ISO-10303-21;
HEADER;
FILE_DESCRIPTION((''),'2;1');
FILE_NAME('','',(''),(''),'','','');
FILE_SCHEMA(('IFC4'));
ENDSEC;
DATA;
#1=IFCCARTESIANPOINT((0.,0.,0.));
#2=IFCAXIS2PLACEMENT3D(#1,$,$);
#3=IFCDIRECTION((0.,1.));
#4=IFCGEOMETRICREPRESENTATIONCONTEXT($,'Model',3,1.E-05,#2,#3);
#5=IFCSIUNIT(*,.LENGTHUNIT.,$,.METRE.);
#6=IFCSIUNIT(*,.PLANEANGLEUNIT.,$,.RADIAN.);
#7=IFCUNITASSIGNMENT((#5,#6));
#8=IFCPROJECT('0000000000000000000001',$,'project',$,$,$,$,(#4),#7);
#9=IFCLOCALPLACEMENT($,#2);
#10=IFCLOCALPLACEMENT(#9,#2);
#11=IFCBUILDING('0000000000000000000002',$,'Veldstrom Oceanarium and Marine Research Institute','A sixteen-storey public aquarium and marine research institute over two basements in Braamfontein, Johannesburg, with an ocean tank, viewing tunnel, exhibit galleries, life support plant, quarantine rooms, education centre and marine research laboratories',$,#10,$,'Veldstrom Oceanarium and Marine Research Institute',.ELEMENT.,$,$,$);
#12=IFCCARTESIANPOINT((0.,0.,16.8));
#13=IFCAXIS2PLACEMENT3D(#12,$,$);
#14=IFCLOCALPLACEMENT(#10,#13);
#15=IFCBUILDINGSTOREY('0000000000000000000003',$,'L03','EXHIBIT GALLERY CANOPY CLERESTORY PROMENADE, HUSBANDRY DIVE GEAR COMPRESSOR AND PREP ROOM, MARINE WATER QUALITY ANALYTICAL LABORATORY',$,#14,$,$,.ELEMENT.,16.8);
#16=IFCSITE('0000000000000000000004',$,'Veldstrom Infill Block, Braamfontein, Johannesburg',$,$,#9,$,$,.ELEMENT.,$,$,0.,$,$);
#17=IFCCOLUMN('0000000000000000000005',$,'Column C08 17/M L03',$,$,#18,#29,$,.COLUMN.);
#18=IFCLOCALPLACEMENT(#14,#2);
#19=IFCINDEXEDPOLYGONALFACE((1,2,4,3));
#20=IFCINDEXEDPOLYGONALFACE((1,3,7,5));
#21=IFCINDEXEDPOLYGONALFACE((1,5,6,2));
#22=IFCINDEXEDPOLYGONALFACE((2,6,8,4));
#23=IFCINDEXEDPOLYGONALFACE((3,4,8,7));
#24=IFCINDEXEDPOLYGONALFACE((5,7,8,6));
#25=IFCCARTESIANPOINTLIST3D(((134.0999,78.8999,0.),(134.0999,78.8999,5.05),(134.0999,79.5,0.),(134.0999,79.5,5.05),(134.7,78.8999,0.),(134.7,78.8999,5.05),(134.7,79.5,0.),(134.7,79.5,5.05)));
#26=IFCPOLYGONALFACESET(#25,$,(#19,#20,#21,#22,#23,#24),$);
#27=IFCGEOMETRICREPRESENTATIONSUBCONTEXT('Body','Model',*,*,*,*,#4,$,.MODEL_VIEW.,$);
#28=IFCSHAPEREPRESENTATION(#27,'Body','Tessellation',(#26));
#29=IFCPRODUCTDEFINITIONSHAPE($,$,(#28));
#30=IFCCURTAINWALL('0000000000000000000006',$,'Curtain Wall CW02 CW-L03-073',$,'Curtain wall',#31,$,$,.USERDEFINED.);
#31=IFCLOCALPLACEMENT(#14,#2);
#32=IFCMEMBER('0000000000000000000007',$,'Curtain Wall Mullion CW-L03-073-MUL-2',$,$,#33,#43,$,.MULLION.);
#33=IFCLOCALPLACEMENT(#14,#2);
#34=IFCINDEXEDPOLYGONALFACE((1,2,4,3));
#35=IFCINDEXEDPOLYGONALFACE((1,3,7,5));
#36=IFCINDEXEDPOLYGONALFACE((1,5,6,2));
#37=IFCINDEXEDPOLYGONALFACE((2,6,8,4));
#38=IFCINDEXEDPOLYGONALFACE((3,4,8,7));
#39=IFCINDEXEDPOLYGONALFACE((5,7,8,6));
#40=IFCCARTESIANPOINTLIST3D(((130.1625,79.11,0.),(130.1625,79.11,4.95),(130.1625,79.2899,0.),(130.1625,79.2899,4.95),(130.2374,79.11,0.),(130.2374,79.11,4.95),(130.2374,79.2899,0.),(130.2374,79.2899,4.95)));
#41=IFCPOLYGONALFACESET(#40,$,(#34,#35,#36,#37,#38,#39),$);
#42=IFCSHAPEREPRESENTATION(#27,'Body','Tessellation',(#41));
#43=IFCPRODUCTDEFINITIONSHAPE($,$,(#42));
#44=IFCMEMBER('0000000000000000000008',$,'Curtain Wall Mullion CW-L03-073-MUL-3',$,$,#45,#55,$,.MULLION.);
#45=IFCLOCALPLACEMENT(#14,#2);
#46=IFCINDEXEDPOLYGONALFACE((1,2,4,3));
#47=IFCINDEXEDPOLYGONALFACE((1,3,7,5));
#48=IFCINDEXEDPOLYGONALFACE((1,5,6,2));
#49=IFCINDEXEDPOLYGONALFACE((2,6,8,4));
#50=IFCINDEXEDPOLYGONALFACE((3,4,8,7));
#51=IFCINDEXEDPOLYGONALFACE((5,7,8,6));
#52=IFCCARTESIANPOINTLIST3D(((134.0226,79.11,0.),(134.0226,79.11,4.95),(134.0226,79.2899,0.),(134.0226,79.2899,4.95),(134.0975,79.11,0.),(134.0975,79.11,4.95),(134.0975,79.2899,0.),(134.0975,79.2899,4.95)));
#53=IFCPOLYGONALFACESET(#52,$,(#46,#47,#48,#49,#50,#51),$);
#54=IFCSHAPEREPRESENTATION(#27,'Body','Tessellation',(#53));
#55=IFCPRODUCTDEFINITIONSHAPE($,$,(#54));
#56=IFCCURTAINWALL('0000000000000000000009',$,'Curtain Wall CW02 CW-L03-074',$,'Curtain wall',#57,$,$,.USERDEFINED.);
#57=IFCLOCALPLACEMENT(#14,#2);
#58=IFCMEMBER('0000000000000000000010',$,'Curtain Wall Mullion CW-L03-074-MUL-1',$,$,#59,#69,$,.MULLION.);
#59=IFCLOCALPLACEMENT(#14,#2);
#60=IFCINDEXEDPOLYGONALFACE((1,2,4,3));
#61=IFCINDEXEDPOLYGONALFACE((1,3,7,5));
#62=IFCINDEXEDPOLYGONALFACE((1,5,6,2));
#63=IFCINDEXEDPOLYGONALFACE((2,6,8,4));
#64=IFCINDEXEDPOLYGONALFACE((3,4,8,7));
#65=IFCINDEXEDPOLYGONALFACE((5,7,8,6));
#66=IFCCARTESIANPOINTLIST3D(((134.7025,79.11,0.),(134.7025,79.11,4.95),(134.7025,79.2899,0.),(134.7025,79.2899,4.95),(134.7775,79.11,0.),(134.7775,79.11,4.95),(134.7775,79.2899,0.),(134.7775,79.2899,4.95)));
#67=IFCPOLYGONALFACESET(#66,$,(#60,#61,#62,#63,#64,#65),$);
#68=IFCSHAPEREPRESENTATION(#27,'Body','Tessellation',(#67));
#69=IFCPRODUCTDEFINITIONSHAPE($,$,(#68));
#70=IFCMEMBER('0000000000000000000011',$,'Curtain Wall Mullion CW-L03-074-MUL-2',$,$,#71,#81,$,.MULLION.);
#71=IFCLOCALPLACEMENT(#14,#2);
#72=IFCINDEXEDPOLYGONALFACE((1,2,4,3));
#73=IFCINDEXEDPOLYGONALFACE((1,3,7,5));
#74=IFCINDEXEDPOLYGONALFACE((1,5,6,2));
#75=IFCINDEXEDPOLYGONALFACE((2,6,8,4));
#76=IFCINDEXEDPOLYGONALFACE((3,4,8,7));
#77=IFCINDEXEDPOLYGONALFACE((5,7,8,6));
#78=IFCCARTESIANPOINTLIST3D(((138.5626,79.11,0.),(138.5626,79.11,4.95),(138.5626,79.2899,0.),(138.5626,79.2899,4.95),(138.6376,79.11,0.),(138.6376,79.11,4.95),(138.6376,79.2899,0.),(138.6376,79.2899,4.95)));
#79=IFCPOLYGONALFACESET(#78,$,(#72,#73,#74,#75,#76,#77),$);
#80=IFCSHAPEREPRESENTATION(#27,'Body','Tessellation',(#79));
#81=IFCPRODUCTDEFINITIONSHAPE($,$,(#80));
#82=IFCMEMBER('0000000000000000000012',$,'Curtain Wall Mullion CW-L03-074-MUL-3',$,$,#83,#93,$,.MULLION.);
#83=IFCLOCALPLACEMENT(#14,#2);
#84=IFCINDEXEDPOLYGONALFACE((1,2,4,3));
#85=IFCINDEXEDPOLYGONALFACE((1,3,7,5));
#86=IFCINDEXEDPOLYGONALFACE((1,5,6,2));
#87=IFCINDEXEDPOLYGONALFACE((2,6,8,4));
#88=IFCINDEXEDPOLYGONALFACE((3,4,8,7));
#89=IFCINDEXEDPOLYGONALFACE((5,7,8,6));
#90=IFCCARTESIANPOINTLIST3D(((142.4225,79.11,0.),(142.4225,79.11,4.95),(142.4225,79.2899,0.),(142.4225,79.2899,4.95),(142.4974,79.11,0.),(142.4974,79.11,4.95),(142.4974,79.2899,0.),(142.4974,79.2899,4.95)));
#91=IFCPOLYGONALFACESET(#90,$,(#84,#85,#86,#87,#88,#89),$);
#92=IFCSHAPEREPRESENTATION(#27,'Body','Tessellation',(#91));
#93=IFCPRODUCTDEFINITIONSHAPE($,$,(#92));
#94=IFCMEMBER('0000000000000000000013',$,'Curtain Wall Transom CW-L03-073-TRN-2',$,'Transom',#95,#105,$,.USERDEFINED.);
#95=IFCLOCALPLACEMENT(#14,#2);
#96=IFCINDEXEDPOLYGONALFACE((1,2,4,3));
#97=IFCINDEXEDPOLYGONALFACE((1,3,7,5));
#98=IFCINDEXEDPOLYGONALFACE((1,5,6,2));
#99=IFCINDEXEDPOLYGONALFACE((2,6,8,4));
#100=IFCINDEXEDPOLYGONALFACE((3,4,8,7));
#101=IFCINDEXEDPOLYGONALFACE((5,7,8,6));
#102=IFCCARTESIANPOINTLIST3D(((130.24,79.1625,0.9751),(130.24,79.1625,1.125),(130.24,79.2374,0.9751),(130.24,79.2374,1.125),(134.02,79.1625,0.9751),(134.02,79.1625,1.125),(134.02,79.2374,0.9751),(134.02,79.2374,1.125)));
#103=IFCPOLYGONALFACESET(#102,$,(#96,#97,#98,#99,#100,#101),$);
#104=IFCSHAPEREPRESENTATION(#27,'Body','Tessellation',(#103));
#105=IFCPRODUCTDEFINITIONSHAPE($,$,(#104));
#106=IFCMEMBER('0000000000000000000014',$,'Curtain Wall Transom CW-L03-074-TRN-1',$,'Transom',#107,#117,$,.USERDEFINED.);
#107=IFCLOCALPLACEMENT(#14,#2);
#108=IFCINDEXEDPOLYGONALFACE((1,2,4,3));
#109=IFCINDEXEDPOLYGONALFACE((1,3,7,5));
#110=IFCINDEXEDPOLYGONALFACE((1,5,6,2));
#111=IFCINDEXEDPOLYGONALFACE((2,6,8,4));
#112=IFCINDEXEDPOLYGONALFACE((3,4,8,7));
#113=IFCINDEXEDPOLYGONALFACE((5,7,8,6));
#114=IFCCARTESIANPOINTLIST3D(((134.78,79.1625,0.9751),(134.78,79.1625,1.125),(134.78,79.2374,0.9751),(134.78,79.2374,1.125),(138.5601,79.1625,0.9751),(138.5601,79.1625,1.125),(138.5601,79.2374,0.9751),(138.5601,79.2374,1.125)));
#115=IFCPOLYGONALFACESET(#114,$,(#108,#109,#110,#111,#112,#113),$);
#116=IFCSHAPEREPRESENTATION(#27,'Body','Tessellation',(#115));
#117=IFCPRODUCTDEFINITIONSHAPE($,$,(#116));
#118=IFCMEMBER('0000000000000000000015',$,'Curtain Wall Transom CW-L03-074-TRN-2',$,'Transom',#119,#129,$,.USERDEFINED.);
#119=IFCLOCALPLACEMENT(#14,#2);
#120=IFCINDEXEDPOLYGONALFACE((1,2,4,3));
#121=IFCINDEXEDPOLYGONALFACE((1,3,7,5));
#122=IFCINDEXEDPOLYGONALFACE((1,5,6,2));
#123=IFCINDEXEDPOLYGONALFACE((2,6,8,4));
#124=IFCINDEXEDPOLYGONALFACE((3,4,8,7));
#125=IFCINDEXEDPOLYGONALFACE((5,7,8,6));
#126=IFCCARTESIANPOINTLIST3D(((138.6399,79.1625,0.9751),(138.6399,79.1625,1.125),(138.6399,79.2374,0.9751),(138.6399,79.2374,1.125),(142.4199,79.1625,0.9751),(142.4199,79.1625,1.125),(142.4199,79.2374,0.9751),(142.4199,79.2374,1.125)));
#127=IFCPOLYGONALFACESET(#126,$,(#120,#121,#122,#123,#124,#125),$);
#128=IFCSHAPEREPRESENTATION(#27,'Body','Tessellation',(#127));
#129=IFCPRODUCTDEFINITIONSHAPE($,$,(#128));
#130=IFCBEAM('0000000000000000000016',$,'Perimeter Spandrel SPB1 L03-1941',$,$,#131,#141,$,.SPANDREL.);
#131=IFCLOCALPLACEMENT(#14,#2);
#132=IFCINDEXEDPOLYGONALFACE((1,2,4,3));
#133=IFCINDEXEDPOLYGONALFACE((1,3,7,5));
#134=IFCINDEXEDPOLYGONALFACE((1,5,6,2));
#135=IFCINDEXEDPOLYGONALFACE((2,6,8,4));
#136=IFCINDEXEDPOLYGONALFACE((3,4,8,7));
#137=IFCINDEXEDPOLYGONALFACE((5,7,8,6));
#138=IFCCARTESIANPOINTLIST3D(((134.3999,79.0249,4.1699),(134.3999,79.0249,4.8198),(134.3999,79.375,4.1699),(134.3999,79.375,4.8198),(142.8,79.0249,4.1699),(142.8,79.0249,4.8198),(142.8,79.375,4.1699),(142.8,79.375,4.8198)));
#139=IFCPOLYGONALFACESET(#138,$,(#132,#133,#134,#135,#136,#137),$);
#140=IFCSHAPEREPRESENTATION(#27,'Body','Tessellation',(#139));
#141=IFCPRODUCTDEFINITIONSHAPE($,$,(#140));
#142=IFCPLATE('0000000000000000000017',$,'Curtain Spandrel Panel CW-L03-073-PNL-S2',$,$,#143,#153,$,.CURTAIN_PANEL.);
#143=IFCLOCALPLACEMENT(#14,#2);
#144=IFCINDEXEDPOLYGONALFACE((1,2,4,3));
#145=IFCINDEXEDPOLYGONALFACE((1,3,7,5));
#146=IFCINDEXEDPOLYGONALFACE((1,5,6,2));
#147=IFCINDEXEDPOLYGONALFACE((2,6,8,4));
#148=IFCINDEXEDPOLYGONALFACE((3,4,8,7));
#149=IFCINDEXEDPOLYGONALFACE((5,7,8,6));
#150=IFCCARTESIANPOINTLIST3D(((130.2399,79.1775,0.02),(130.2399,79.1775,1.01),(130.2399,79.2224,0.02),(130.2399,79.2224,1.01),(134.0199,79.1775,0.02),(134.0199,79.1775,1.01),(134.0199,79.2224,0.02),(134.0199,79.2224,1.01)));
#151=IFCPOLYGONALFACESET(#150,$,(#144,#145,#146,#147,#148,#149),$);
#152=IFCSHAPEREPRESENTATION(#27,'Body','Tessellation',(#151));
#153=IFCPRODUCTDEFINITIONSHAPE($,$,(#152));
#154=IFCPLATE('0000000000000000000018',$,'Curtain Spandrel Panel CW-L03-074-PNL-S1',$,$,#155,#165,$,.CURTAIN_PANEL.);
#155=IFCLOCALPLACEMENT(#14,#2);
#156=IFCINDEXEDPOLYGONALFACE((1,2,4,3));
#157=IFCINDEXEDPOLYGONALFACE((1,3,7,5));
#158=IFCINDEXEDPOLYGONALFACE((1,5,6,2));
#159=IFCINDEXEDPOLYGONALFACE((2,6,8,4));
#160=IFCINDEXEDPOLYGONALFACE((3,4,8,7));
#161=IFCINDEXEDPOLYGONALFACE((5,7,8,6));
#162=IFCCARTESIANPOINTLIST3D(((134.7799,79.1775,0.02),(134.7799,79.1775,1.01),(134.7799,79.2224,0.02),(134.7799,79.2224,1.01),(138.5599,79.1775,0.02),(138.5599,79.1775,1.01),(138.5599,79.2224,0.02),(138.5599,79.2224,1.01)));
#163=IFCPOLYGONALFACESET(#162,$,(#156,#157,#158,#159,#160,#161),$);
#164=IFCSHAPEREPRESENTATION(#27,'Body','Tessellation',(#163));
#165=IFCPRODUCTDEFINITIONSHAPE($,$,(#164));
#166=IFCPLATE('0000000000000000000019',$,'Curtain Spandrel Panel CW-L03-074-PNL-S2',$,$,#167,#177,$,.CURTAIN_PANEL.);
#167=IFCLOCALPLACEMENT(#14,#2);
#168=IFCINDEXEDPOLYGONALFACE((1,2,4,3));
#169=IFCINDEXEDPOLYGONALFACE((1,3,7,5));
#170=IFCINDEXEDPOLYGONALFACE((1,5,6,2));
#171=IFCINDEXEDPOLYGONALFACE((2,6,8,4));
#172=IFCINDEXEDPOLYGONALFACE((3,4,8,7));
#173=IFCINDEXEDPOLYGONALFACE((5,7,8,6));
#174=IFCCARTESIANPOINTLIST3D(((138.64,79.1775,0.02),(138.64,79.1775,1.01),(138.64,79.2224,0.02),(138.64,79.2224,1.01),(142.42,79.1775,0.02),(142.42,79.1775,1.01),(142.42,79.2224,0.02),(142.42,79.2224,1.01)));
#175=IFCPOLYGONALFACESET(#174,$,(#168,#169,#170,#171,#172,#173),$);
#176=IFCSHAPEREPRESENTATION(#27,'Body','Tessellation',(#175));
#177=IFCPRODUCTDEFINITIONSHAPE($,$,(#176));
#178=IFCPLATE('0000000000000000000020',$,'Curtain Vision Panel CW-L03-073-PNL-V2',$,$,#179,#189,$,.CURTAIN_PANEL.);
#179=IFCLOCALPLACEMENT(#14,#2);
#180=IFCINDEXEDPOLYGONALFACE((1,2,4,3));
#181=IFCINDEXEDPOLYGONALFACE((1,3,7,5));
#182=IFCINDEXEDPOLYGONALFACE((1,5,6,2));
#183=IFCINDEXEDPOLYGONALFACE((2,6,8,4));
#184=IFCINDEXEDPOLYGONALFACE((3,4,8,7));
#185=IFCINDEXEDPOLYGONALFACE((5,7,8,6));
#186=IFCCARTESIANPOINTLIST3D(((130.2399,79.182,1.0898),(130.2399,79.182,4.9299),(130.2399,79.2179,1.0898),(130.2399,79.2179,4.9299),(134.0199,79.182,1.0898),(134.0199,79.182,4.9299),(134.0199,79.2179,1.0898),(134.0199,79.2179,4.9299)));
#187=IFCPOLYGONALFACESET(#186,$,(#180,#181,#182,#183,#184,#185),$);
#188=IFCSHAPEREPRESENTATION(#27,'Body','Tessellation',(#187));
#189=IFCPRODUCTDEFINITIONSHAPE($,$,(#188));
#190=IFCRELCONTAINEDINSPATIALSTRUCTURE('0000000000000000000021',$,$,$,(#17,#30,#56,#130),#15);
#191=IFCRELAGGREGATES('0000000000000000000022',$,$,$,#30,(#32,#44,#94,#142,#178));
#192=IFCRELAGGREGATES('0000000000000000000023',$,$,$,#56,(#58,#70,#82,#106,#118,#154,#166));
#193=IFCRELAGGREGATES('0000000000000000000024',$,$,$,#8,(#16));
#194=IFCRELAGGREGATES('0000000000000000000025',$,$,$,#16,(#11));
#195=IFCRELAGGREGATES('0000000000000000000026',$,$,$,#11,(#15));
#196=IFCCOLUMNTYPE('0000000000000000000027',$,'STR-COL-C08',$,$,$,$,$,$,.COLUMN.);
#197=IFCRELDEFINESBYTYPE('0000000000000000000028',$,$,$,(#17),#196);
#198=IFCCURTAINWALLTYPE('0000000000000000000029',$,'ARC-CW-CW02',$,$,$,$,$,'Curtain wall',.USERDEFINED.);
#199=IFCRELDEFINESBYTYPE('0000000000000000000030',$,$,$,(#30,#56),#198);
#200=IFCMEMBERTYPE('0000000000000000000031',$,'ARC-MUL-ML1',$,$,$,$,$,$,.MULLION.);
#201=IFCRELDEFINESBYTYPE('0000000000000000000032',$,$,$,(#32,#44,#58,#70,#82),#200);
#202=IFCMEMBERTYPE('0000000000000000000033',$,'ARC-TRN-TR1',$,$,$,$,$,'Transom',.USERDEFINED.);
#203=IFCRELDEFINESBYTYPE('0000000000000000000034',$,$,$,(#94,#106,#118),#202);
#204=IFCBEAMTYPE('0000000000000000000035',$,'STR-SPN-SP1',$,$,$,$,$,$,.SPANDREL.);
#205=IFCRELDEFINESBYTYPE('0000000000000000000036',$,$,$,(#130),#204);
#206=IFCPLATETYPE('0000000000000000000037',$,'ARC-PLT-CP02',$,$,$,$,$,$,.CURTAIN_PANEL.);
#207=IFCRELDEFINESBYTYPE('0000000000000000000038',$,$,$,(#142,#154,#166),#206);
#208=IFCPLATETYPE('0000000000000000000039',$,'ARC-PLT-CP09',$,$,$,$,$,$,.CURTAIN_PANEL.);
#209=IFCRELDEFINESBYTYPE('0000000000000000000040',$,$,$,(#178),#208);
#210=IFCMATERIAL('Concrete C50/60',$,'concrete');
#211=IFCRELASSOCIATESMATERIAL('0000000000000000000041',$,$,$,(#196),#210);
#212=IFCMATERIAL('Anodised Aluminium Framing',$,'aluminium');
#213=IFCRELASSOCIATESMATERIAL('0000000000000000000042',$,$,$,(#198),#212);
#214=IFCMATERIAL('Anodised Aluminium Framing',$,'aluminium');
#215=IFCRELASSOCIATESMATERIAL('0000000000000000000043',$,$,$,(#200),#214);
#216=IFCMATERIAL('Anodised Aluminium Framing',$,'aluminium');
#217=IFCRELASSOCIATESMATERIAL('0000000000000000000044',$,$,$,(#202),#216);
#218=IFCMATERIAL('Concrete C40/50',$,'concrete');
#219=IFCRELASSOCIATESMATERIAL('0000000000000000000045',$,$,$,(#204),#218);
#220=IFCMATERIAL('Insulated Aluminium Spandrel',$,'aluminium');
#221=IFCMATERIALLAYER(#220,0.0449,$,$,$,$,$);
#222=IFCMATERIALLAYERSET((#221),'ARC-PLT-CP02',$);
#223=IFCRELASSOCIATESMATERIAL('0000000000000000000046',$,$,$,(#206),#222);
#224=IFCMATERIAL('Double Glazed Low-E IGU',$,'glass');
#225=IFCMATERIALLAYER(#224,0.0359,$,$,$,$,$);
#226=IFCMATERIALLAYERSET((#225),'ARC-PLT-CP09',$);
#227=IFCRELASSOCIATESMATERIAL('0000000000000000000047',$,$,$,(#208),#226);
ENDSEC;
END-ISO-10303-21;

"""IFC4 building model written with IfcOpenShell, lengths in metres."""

from ifc_helpers import new_model, si_unit, direction, frame, origin, origin_2d, place, context, subcontext, project, spatial, rectangle, extrude, material, layer, layer_set, material_profile, profile_set, type_object, element, aggregate, save


model = new_model("IFC4")

# Units and contexts
model_context = context("Model", 3, precision=1e-05, world=origin(), true_north=direction((0.0, 1.0)))
body_context = subcontext(model_context, "Body", "Model", "MODEL_VIEW")
ifc_project = project(units=[si_unit("LENGTHUNIT", "METRE"), si_unit("PLANEANGLEUNIT", "RADIAN")], contexts=[model_context])

# Site, building, storey
site_placement = place(None, origin())
site = spatial("IfcSite", under=ifc_project, at=site_placement, Name="Veldstrom Infill Block, Braamfontein, Johannesburg", CompositionType="ELEMENT", RefElevation=0.0)
building_placement = place(site_placement, origin())
building = spatial("IfcBuilding", under=site, at=building_placement, Name="Veldstrom Oceanarium and Marine Research Institute", Description="A sixteen-storey public aquarium and marine research institute over two basements in Braamfontein, Johannesburg, with an ocean tank, viewing tunnel, exhibit galleries, life support plant, quarantine rooms, education centre and marine research laboratories", LongName="Veldstrom Oceanarium and Marine Research Institute", CompositionType="ELEMENT")
storey_placement = place(building_placement, frame((0.0, 0.0, 16.8)))
storey = spatial("IfcBuildingStorey", under=building, at=storey_placement, Name="L03", Description="EXHIBIT GALLERY CANOPY CLERESTORY PROMENADE, HUSBANDRY DIVE GEAR COMPRESSOR AND PREP ROOM, MARINE WATER QUALITY ANALYTICAL LABORATORY", CompositionType="ELEMENT", Elevation=16.8)

# Column
ifc_material_1 = material(Name="Concrete C50/60", Category="concrete")
ifc_material_profile_1 = material_profile(ifc_material_1, rectangle(XDim=0.6001, YDim=0.6001, at=origin_2d()), Name="RC-COL-600x600")
ifc_profile_set_1 = profile_set([ifc_material_profile_1], Name="Concrete C50/60")
column_type = type_object("IfcColumnType", Name="STR-COL-C08", PredefinedType="COLUMN", material=ifc_profile_set_1)
column_placement = place(storey_placement, frame((134.3999, 79.2, 0.0), z_axis=(0.0, 0.0, 1.0), x_axis=(1.0, 0.0, 0.0)))
element("IfcColumn", 1, at=column_placement, inside=storey, type_object=column_type, Name="Column C08 17/M L03", PredefinedType="COLUMN", context=body_context, shape_type="SweptSolid", body=[
    extrude(rectangle(XDim=0.6001, YDim=0.6001, at=origin_2d()), origin(), (0.0, 0.0, 1.0), 5.05),
])

# Curtain walls, members
ifc_material_2 = material(Name="Anodised Aluminium Framing", Category="aluminium")
curtain_wall_type = type_object("IfcCurtainWallType", Name="ARC-CW-CW02", ElementType="Curtain wall", PredefinedType="USERDEFINED", material=ifc_material_2)
curtain_wall_1_placement = place(storey_placement, origin())
curtain_wall_1 = element("IfcCurtainWall", 2, at=curtain_wall_1_placement, inside=storey, type_object=curtain_wall_type, Name="Curtain Wall CW02 CW-L03-073", ObjectType="Curtain wall", PredefinedType="USERDEFINED")
ifc_material_3 = material(Name="Anodised Aluminium Framing", Category="aluminium")
ifc_material_profile_2 = material_profile(ifc_material_3, rectangle(XDim=0.075, YDim=0.1799, at=origin_2d()), Name="ALU-MUL-75x180")
ifc_profile_set_2 = profile_set([ifc_material_profile_2], Name="Anodised Aluminium Framing")
member_type_1 = type_object("IfcMemberType", Name="ARC-MUL-ML1", PredefinedType="MULLION", material=ifc_profile_set_2)
member_1_placement = place(storey_placement, frame((130.2, 79.2, 0.0), z_axis=(0.0, 0.0, 1.0), x_axis=(1.0, 0.0, 0.0)))
member_1 = element("IfcMember", 3, at=member_1_placement, type_object=member_type_1, Name="Curtain Wall Mullion CW-L03-073-MUL-2", PredefinedType="MULLION", context=body_context, shape_type="SweptSolid", body=[
    extrude(rectangle(XDim=0.075, YDim=0.1799, at=origin_2d()), origin(), (0.0, 0.0, 1.0), 4.95),
])
member_2_placement = place(storey_placement, frame((134.0601, 79.2, 0.0), z_axis=(0.0, 0.0, 1.0), x_axis=(1.0, 0.0, 0.0)))
member_2 = element("IfcMember", 4, at=member_2_placement, type_object=member_type_1, Name="Curtain Wall Mullion CW-L03-073-MUL-3", PredefinedType="MULLION", context=body_context, shape_type="SweptSolid", body=[
    extrude(rectangle(XDim=0.075, YDim=0.1799, at=origin_2d()), origin(), (0.0, 0.0, 1.0), 4.95),
])
curtain_wall_2_placement = place(storey_placement, origin())
curtain_wall_2 = element("IfcCurtainWall", 5, at=curtain_wall_2_placement, inside=storey, type_object=curtain_wall_type, Name="Curtain Wall CW02 CW-L03-074", ObjectType="Curtain wall", PredefinedType="USERDEFINED")
member_3_placement = place(storey_placement, frame((134.74, 79.2, 0.0), z_axis=(0.0, 0.0, 1.0), x_axis=(1.0, 0.0, 0.0)))
member_3 = element("IfcMember", 6, at=member_3_placement, type_object=member_type_1, Name="Curtain Wall Mullion CW-L03-074-MUL-1", PredefinedType="MULLION", context=body_context, shape_type="SweptSolid", body=[
    extrude(rectangle(XDim=0.075, YDim=0.1799, at=origin_2d()), origin(), (0.0, 0.0, 1.0), 4.95),
])
member_4_placement = place(storey_placement, frame((138.6001, 79.2, 0.0), z_axis=(0.0, 0.0, 1.0), x_axis=(1.0, 0.0, 0.0)))
member_4 = element("IfcMember", 7, at=member_4_placement, type_object=member_type_1, Name="Curtain Wall Mullion CW-L03-074-MUL-2", PredefinedType="MULLION", context=body_context, shape_type="SweptSolid", body=[
    extrude(rectangle(XDim=0.075, YDim=0.1799, at=origin_2d()), origin(), (0.0, 0.0, 1.0), 4.95),
])
member_5_placement = place(storey_placement, frame((142.46, 79.2, 0.0), z_axis=(0.0, 0.0, 1.0), x_axis=(1.0, 0.0, 0.0)))
member_5 = element("IfcMember", 8, at=member_5_placement, type_object=member_type_1, Name="Curtain Wall Mullion CW-L03-074-MUL-3", PredefinedType="MULLION", context=body_context, shape_type="SweptSolid", body=[
    extrude(rectangle(XDim=0.075, YDim=0.1799, at=origin_2d()), origin(), (0.0, 0.0, 1.0), 4.95),
])

# Members
ifc_material_4 = material(Name="Anodised Aluminium Framing", Category="aluminium")
ifc_material_profile_3 = material_profile(ifc_material_4, rectangle(XDim=0.075, YDim=0.1499, at=origin_2d()), Name="ALU-TRN-75x150")
ifc_profile_set_3 = profile_set([ifc_material_profile_3], Name="Anodised Aluminium Framing")
member_type_2 = type_object("IfcMemberType", Name="ARC-TRN-TR1", ElementType="Transom", PredefinedType="USERDEFINED", material=ifc_profile_set_3)
member_6_placement = place(storey_placement, frame((130.24, 79.2, 1.05), z_axis=(1.0, 0.0, 0.0), x_axis=(0.0, 1.0, 0.0)))
member_6 = element("IfcMember", 9, at=member_6_placement, type_object=member_type_2, Name="Curtain Wall Transom CW-L03-073-TRN-2", ObjectType="Transom", PredefinedType="USERDEFINED", context=body_context, shape_type="SweptSolid", body=[
    extrude(rectangle(XDim=0.075, YDim=0.1499, at=origin_2d()), origin(), (0.0, 0.0, 1.0), 3.78),
])
member_7_placement = place(storey_placement, frame((134.78, 79.2, 1.05), z_axis=(1.0, 0.0, 0.0), x_axis=(0.0, 1.0, 0.0)))
member_7 = element("IfcMember", 10, at=member_7_placement, type_object=member_type_2, Name="Curtain Wall Transom CW-L03-074-TRN-1", ObjectType="Transom", PredefinedType="USERDEFINED", context=body_context, shape_type="SweptSolid", body=[
    extrude(rectangle(XDim=0.075, YDim=0.1499, at=origin_2d()), origin(), (0.0, 0.0, 1.0), 3.78),
])
member_8_placement = place(storey_placement, frame((138.6399, 79.2, 1.05), z_axis=(1.0, 0.0, 0.0), x_axis=(0.0, 1.0, 0.0)))
member_8 = element("IfcMember", 11, at=member_8_placement, type_object=member_type_2, Name="Curtain Wall Transom CW-L03-074-TRN-2", ObjectType="Transom", PredefinedType="USERDEFINED", context=body_context, shape_type="SweptSolid", body=[
    extrude(rectangle(XDim=0.075, YDim=0.1499, at=origin_2d()), origin(), (0.0, 0.0, 1.0), 3.78),
])

# Beam
ifc_material_5 = material(Name="Concrete C40/50", Category="concrete")
ifc_material_profile_4 = material_profile(ifc_material_5, rectangle(XDim=0.3501, YDim=0.6499, at=origin_2d()), Name="RC-SPN-350x650")
ifc_profile_set_4 = profile_set([ifc_material_profile_4], Name="Concrete C40/50")
beam_type = type_object("IfcBeamType", Name="STR-SPN-SP1", PredefinedType="SPANDREL", material=ifc_profile_set_4)
beam_placement = place(storey_placement, frame((134.3999, 79.2, 4.4949), z_axis=(1.0, 0.0, 0.0), x_axis=(0.0, 1.0, 0.0)))
element("IfcBeam", 12, at=beam_placement, inside=storey, type_object=beam_type, Name="Perimeter Spandrel SPB1 L03-1941", PredefinedType="SPANDREL", context=body_context, shape_type="SweptSolid", body=[
    extrude(rectangle(XDim=0.3501, YDim=0.6499, at=origin_2d()), origin(), (0.0, 0.0, 1.0), 8.4001),
])

# Plates
ifc_material_6 = material(Name="Insulated Aluminium Spandrel", Category="aluminium")
ifc_layer_1 = layer(ifc_material_6, 0.0449)
ifc_layer_set_1 = layer_set([ifc_layer_1], Name="ARC-PLT-CP02")
plate_type_1 = type_object("IfcPlateType", Name="ARC-PLT-CP02", PredefinedType="CURTAIN_PANEL", material=ifc_layer_set_1)
plate_1_placement = place(storey_placement, frame((132.1299, 79.2, 0.02), z_axis=(0.0, 0.0, 1.0), x_axis=(1.0, 0.0, 0.0)))
plate_1 = element("IfcPlate", 13, at=plate_1_placement, type_object=plate_type_1, Name="Curtain Spandrel Panel CW-L03-073-PNL-S2", PredefinedType="CURTAIN_PANEL", context=body_context, shape_type="SweptSolid", body=[
    extrude(rectangle(XDim=3.78, YDim=0.0449, at=origin_2d()), origin(), (0.0, 0.0, 1.0), 0.99),
])
plate_2_placement = place(storey_placement, frame((136.6699, 79.2, 0.02), z_axis=(0.0, 0.0, 1.0), x_axis=(1.0, 0.0, 0.0)))
plate_2 = element("IfcPlate", 14, at=plate_2_placement, type_object=plate_type_1, Name="Curtain Spandrel Panel CW-L03-074-PNL-S1", PredefinedType="CURTAIN_PANEL", context=body_context, shape_type="SweptSolid", body=[
    extrude(rectangle(XDim=3.78, YDim=0.0449, at=origin_2d()), origin(), (0.0, 0.0, 1.0), 0.99),
])
plate_3_placement = place(storey_placement, frame((140.53, 79.2, 0.02), z_axis=(0.0, 0.0, 1.0), x_axis=(1.0, 0.0, 0.0)))
plate_3 = element("IfcPlate", 15, at=plate_3_placement, type_object=plate_type_1, Name="Curtain Spandrel Panel CW-L03-074-PNL-S2", PredefinedType="CURTAIN_PANEL", context=body_context, shape_type="SweptSolid", body=[
    extrude(rectangle(XDim=3.78, YDim=0.0449, at=origin_2d()), origin(), (0.0, 0.0, 1.0), 0.99),
])
ifc_material_7 = material(Name="Double Glazed Low-E IGU", Category="glass")
ifc_layer_2 = layer(ifc_material_7, 0.0359)
ifc_layer_set_2 = layer_set([ifc_layer_2], Name="ARC-PLT-CP09")
plate_type_2 = type_object("IfcPlateType", Name="ARC-PLT-CP09", PredefinedType="CURTAIN_PANEL", material=ifc_layer_set_2)
plate_4_placement = place(storey_placement, frame((132.1299, 79.2, 1.0898), z_axis=(0.0, 0.0, 1.0), x_axis=(1.0, 0.0, 0.0)))
plate_4 = element("IfcPlate", 16, at=plate_4_placement, type_object=plate_type_2, Name="Curtain Vision Panel CW-L03-073-PNL-V2", PredefinedType="CURTAIN_PANEL", context=body_context, shape_type="SweptSolid", body=[
    extrude(rectangle(XDim=3.78, YDim=0.0359, at=origin_2d()), origin(), (0.0, 0.0, 1.0), 3.8401),
])
aggregate(curtain_wall_1, [member_1, member_2, member_6, plate_1, plate_4])
aggregate(curtain_wall_2, [member_3, member_4, member_5, member_7, member_8, plate_2, plate_3])

save(model, "model.ifc")
